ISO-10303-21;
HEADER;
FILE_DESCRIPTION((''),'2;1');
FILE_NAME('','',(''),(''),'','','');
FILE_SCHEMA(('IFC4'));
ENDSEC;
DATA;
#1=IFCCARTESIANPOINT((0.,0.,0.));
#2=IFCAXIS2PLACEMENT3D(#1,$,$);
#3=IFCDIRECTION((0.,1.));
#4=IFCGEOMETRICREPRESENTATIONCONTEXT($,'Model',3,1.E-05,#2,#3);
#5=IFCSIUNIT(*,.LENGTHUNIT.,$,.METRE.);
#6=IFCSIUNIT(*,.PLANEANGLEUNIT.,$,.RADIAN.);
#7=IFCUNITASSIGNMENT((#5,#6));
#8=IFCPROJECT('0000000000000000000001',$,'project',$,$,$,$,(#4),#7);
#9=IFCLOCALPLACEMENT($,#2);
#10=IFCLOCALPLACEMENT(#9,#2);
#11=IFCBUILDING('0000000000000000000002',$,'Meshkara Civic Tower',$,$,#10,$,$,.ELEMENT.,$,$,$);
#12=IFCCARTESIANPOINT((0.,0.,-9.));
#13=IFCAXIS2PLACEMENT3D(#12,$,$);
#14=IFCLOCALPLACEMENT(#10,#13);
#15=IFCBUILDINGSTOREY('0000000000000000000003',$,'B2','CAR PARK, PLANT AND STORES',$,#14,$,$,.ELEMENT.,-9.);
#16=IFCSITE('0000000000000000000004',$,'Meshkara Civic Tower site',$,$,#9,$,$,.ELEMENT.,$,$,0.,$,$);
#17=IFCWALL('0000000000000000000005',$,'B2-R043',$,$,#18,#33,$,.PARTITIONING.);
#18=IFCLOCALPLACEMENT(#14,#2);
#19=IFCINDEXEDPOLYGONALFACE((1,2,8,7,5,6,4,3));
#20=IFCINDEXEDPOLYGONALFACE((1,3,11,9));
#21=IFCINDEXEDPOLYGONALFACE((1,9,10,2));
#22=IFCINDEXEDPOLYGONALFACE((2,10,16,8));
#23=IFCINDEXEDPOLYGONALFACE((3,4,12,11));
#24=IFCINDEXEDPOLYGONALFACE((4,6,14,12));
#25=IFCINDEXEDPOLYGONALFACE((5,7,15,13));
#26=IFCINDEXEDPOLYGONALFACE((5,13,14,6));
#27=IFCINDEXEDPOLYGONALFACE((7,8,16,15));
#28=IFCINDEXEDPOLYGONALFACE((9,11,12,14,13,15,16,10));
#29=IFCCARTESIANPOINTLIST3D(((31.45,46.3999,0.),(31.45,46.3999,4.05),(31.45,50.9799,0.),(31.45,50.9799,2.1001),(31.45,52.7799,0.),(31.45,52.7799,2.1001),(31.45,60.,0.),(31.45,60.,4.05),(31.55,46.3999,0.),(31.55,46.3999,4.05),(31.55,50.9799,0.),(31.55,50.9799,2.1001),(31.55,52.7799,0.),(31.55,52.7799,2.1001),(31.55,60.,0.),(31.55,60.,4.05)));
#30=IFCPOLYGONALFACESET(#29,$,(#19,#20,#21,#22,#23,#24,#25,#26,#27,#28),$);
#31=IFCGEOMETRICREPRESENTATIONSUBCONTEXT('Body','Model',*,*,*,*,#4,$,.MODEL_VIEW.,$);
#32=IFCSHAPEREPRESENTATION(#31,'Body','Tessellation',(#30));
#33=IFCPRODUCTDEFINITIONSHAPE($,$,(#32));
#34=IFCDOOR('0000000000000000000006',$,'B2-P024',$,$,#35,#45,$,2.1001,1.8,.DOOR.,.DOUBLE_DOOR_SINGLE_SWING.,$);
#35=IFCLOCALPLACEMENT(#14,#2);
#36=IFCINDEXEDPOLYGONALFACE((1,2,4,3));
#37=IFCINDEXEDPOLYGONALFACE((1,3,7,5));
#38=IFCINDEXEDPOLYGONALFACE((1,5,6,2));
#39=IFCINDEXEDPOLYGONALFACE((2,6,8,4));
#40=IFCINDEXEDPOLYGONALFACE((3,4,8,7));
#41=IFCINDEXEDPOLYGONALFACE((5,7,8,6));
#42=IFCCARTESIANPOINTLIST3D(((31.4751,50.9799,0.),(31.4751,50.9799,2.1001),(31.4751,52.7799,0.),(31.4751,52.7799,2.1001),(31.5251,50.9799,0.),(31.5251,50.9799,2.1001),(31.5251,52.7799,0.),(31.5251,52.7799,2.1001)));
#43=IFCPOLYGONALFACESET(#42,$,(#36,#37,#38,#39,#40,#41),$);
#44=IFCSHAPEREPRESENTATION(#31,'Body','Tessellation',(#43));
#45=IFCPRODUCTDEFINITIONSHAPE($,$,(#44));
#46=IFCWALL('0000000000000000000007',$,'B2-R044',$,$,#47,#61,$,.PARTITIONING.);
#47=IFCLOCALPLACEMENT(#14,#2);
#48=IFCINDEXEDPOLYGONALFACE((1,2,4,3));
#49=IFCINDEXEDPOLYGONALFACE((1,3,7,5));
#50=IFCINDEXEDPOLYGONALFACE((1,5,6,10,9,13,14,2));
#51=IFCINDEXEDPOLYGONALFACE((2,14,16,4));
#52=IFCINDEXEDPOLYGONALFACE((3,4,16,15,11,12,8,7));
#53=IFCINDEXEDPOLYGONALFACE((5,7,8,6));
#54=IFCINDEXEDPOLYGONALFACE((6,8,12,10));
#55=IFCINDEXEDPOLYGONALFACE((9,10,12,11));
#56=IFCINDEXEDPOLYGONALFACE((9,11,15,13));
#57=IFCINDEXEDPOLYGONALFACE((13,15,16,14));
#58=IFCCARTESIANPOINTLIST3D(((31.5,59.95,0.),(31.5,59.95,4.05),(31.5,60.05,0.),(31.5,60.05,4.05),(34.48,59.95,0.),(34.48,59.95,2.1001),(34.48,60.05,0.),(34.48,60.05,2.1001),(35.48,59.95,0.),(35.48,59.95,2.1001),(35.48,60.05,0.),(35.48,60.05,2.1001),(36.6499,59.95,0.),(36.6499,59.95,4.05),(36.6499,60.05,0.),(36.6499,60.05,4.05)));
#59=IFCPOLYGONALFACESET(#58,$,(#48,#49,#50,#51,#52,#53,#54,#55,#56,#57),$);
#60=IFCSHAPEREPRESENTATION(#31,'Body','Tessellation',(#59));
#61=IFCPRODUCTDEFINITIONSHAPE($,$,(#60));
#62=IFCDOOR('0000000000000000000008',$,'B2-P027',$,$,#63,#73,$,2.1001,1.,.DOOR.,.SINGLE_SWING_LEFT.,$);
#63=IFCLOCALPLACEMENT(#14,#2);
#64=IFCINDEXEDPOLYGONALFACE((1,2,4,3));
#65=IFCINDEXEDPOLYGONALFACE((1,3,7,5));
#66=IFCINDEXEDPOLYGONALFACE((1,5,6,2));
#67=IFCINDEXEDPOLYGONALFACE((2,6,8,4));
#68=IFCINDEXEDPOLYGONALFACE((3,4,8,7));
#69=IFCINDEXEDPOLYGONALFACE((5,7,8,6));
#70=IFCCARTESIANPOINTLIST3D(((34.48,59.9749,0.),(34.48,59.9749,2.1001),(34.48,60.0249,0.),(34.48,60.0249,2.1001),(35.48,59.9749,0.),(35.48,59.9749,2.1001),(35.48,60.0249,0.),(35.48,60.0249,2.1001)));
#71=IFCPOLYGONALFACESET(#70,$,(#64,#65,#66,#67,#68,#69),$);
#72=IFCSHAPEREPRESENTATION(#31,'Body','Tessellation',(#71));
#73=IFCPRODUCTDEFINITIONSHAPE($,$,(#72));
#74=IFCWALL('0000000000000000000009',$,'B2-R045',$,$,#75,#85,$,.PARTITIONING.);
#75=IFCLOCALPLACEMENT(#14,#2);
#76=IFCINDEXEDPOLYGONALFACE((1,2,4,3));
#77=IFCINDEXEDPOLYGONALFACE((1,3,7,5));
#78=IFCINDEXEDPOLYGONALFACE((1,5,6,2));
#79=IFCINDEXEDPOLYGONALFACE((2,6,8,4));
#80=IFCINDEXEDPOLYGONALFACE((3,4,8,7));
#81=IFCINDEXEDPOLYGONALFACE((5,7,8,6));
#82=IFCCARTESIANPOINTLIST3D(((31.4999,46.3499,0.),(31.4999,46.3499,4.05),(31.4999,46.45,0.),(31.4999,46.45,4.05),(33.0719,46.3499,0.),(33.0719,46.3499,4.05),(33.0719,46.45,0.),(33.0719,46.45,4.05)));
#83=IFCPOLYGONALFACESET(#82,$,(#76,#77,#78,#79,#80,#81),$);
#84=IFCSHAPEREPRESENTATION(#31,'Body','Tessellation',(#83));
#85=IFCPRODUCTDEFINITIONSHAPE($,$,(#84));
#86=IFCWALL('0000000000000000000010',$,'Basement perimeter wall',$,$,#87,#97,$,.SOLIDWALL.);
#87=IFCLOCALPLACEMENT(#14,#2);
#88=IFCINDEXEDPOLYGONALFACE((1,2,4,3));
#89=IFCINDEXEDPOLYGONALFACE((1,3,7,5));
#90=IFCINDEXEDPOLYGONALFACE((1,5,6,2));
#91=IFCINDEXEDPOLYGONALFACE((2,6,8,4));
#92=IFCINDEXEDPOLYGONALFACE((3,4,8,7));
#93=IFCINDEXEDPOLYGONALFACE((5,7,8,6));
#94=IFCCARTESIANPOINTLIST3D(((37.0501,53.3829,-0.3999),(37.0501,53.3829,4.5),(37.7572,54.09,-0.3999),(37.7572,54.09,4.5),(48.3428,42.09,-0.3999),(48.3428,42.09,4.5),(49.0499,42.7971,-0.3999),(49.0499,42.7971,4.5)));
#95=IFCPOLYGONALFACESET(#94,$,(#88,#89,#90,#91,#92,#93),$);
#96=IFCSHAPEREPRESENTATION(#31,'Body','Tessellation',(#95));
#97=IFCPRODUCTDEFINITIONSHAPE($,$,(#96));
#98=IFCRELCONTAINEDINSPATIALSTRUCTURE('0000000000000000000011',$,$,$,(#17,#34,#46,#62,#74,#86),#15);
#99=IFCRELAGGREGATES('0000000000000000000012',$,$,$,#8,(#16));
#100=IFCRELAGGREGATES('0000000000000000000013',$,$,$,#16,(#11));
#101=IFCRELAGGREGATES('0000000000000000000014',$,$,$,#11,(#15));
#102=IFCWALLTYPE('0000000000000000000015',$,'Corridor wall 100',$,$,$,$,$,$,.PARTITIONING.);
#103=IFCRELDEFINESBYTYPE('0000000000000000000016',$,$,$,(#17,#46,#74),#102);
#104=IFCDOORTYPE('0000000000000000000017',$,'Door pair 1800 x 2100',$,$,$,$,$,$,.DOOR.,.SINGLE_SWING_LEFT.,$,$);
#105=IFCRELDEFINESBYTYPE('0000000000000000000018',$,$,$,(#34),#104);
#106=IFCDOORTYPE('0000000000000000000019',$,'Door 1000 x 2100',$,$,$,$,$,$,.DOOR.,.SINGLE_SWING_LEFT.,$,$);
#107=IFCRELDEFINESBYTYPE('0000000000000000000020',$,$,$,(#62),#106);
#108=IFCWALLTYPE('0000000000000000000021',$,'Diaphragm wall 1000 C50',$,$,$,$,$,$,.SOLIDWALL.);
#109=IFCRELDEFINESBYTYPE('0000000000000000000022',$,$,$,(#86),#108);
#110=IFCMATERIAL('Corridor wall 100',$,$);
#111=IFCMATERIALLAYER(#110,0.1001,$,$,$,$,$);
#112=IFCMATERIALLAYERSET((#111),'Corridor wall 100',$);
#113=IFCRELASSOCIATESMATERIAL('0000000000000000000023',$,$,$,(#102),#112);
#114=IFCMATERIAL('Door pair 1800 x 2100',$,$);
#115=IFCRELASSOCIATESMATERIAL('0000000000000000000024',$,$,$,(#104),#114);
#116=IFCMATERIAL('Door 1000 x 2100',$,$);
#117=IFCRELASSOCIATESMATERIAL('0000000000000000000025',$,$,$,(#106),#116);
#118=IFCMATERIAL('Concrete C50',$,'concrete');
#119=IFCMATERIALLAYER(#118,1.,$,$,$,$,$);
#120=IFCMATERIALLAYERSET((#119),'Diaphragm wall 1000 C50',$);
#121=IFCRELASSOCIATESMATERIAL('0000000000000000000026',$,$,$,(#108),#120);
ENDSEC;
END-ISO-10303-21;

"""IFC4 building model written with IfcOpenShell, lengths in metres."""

from ifc_helpers import new_model, si_unit, direction, frame, frame_2d, origin, place, context, subcontext, project, spatial, rectangle, extrude, material, layer, layer_set, type_object, element, fill, save


model = new_model("IFC4")

# Units and contexts
model_context = context("Model", 3, precision=1e-05, world=origin(), true_north=direction((0.0, 1.0)))
body_context = subcontext(model_context, "Body", "Model", "MODEL_VIEW")
ifc_project = project(units=[si_unit("LENGTHUNIT", "METRE"), si_unit("PLANEANGLEUNIT", "RADIAN")], contexts=[model_context])

# Site, building, storey
site_placement = place(None, origin())
site = spatial("IfcSite", under=ifc_project, at=site_placement, Name="Meshkara Civic Tower site", CompositionType="ELEMENT", RefElevation=0.0)
building_placement = place(site_placement, origin())
building = spatial("IfcBuilding", under=site, at=building_placement, Name="Meshkara Civic Tower", CompositionType="ELEMENT")
storey_placement = place(building_placement, frame((0.0, 0.0, -9.0)))
storey = spatial("IfcBuildingStorey", under=building, at=storey_placement, Name="B2", Description="CAR PARK, PLANT AND STORES", CompositionType="ELEMENT", Elevation=-9.0)

# Walls, openings, doors
ifc_material_1 = material(Name="Corridor wall 100")
ifc_layer_1 = layer(ifc_material_1, 0.1001)
ifc_layer_set_1 = layer_set([ifc_layer_1], Name="Corridor wall 100")
wall_type_1 = type_object("IfcWallType", Name="Corridor wall 100", PredefinedType="PARTITIONING", material=ifc_layer_set_1)
wall_1_placement = place(storey_placement, frame((31.5, 46.3999, 0.0), z_axis=(0.0, 0.0, 1.0), x_axis=(0.0, 1.0, 0.0)))
wall_1 = element("IfcWall", 1, at=wall_1_placement, inside=storey, type_object=wall_type_1, Name="B2-R043", PredefinedType="PARTITIONING", context=body_context, shape_type="SweptSolid", body=[
    extrude(rectangle(XDim=13.6001, YDim=0.1001, at=frame_2d((6.8, 0.0))), origin(), (0.0, 0.0, 1.0), 4.05),
])
opening_1_placement = place(wall_1_placement, frame((4.5801, 0.0, 0.0)))
opening_1 = element("IfcOpeningElement", 2, at=opening_1_placement, cuts=wall_1, PredefinedType="OPENING", context=body_context, shape_type="SweptSolid", body=[
    extrude(rectangle(XDim=1.8, YDim=2.1001, at=frame_2d((0.8999, 1.05))), frame((0.0, 0.0601, 0.0), z_axis=(0.0, -1.0, 0.0), x_axis=(1.0, 0.0, 0.0)), (0.0, 0.0, 1.0), 0.1201),
])
ifc_material_2 = material(Name="Door pair 1800 x 2100")
door_type_1 = type_object("IfcDoorType", Name="Door pair 1800 x 2100", OperationType="SINGLE_SWING_LEFT", PredefinedType="DOOR", material=ifc_material_2)
door_1_placement = place(opening_1_placement, origin())
door_1 = element("IfcDoor", 3, at=door_1_placement, inside=storey, type_object=door_type_1, Name="B2-P024", OperationType="DOUBLE_DOOR_SINGLE_SWING", OverallHeight=2.1001, OverallWidth=1.8, PredefinedType="DOOR", context=body_context, shape_type="SweptSolid", body=[
    extrude(rectangle(XDim=1.8, YDim=2.1001, at=frame_2d((0.8999, 1.05))), frame((0.0, 0.0249, 0.0), z_axis=(0.0, -1.0, 0.0), x_axis=(1.0, 0.0, 0.0)), (0.0, 0.0, 1.0), 0.05),
])
fill(opening_1, door_1)
wall_2_placement = place(storey_placement, frame((31.5, 60.0, 0.0), z_axis=(0.0, 0.0, 1.0), x_axis=(1.0, 0.0, 0.0)))
wall_2 = element("IfcWall", 4, at=wall_2_placement, inside=storey, type_object=wall_type_1, Name="B2-R044", PredefinedType="PARTITIONING", context=body_context, shape_type="SweptSolid", body=[
    extrude(rectangle(XDim=5.1499, YDim=0.1001, at=frame_2d((2.575, 0.0))), origin(), (0.0, 0.0, 1.0), 4.05),
])
opening_2_placement = place(wall_2_placement, frame((2.98, 0.0, 0.0)))
opening_2 = element("IfcOpeningElement", 5, at=opening_2_placement, cuts=wall_2, PredefinedType="OPENING", context=body_context, shape_type="SweptSolid", body=[
    extrude(rectangle(XDim=1.0, YDim=2.1001, at=frame_2d((0.5, 1.05))), frame((0.0, 0.0601, 0.0), z_axis=(0.0, -1.0, 0.0), x_axis=(1.0, 0.0, 0.0)), (0.0, 0.0, 1.0), 0.1201),
])
ifc_material_3 = material(Name="Door 1000 x 2100")
door_type_2 = type_object("IfcDoorType", Name="Door 1000 x 2100", OperationType="SINGLE_SWING_LEFT", PredefinedType="DOOR", material=ifc_material_3)
door_2_placement = place(opening_2_placement, origin())
door_2 = element("IfcDoor", 6, at=door_2_placement, inside=storey, type_object=door_type_2, Name="B2-P027", OperationType="SINGLE_SWING_LEFT", OverallHeight=2.1001, OverallWidth=1.0, PredefinedType="DOOR", context=body_context, shape_type="SweptSolid", body=[
    extrude(rectangle(XDim=1.0, YDim=2.1001, at=frame_2d((0.5, 1.05))), frame((0.0, 0.0249, 0.0), z_axis=(0.0, -1.0, 0.0), x_axis=(1.0, 0.0, 0.0)), (0.0, 0.0, 1.0), 0.05),
])
fill(opening_2, door_2)

# Walls
wall_3_placement = place(storey_placement, frame((33.072, 46.3999, 0.0), z_axis=(0.0, 0.0, 1.0), x_axis=(-1.0, 0.0, 0.0)))
element("IfcWall", 7, at=wall_3_placement, inside=storey, type_object=wall_type_1, Name="B2-R045", PredefinedType="PARTITIONING", context=body_context, shape_type="SweptSolid", body=[
    extrude(rectangle(XDim=1.572, YDim=0.1001, at=frame_2d((0.7861, 0.0))), origin(), (0.0, 0.0, 1.0), 4.05),
])
ifc_material_4 = material(Name="Concrete C50", Category="concrete")
ifc_layer_2 = layer(ifc_material_4, 1.0)
ifc_layer_set_2 = layer_set([ifc_layer_2], Name="Diaphragm wall 1000 C50")
wall_type_2 = type_object("IfcWallType", Name="Diaphragm wall 1000 C50", PredefinedType="SOLIDWALL", material=ifc_layer_set_2)
wall_4_placement = place(storey_placement, frame((37.4036, 53.7366, -0.3999), z_axis=(0.0, 0.0, 1.0), x_axis=(0.707099, -0.707114, 0.0)))
element("IfcWall", 8, at=wall_4_placement, inside=storey, type_object=wall_type_2, Name="Basement perimeter wall", PredefinedType="SOLIDWALL", context=body_context, shape_type="SweptSolid", body=[
    extrude(rectangle(XDim=15.9705, YDim=1.0, at=frame_2d((7.9854, 0.0))), origin(), (0.0, 0.0, 1.0), 4.8999),
])

save(model, "model.ifc")
